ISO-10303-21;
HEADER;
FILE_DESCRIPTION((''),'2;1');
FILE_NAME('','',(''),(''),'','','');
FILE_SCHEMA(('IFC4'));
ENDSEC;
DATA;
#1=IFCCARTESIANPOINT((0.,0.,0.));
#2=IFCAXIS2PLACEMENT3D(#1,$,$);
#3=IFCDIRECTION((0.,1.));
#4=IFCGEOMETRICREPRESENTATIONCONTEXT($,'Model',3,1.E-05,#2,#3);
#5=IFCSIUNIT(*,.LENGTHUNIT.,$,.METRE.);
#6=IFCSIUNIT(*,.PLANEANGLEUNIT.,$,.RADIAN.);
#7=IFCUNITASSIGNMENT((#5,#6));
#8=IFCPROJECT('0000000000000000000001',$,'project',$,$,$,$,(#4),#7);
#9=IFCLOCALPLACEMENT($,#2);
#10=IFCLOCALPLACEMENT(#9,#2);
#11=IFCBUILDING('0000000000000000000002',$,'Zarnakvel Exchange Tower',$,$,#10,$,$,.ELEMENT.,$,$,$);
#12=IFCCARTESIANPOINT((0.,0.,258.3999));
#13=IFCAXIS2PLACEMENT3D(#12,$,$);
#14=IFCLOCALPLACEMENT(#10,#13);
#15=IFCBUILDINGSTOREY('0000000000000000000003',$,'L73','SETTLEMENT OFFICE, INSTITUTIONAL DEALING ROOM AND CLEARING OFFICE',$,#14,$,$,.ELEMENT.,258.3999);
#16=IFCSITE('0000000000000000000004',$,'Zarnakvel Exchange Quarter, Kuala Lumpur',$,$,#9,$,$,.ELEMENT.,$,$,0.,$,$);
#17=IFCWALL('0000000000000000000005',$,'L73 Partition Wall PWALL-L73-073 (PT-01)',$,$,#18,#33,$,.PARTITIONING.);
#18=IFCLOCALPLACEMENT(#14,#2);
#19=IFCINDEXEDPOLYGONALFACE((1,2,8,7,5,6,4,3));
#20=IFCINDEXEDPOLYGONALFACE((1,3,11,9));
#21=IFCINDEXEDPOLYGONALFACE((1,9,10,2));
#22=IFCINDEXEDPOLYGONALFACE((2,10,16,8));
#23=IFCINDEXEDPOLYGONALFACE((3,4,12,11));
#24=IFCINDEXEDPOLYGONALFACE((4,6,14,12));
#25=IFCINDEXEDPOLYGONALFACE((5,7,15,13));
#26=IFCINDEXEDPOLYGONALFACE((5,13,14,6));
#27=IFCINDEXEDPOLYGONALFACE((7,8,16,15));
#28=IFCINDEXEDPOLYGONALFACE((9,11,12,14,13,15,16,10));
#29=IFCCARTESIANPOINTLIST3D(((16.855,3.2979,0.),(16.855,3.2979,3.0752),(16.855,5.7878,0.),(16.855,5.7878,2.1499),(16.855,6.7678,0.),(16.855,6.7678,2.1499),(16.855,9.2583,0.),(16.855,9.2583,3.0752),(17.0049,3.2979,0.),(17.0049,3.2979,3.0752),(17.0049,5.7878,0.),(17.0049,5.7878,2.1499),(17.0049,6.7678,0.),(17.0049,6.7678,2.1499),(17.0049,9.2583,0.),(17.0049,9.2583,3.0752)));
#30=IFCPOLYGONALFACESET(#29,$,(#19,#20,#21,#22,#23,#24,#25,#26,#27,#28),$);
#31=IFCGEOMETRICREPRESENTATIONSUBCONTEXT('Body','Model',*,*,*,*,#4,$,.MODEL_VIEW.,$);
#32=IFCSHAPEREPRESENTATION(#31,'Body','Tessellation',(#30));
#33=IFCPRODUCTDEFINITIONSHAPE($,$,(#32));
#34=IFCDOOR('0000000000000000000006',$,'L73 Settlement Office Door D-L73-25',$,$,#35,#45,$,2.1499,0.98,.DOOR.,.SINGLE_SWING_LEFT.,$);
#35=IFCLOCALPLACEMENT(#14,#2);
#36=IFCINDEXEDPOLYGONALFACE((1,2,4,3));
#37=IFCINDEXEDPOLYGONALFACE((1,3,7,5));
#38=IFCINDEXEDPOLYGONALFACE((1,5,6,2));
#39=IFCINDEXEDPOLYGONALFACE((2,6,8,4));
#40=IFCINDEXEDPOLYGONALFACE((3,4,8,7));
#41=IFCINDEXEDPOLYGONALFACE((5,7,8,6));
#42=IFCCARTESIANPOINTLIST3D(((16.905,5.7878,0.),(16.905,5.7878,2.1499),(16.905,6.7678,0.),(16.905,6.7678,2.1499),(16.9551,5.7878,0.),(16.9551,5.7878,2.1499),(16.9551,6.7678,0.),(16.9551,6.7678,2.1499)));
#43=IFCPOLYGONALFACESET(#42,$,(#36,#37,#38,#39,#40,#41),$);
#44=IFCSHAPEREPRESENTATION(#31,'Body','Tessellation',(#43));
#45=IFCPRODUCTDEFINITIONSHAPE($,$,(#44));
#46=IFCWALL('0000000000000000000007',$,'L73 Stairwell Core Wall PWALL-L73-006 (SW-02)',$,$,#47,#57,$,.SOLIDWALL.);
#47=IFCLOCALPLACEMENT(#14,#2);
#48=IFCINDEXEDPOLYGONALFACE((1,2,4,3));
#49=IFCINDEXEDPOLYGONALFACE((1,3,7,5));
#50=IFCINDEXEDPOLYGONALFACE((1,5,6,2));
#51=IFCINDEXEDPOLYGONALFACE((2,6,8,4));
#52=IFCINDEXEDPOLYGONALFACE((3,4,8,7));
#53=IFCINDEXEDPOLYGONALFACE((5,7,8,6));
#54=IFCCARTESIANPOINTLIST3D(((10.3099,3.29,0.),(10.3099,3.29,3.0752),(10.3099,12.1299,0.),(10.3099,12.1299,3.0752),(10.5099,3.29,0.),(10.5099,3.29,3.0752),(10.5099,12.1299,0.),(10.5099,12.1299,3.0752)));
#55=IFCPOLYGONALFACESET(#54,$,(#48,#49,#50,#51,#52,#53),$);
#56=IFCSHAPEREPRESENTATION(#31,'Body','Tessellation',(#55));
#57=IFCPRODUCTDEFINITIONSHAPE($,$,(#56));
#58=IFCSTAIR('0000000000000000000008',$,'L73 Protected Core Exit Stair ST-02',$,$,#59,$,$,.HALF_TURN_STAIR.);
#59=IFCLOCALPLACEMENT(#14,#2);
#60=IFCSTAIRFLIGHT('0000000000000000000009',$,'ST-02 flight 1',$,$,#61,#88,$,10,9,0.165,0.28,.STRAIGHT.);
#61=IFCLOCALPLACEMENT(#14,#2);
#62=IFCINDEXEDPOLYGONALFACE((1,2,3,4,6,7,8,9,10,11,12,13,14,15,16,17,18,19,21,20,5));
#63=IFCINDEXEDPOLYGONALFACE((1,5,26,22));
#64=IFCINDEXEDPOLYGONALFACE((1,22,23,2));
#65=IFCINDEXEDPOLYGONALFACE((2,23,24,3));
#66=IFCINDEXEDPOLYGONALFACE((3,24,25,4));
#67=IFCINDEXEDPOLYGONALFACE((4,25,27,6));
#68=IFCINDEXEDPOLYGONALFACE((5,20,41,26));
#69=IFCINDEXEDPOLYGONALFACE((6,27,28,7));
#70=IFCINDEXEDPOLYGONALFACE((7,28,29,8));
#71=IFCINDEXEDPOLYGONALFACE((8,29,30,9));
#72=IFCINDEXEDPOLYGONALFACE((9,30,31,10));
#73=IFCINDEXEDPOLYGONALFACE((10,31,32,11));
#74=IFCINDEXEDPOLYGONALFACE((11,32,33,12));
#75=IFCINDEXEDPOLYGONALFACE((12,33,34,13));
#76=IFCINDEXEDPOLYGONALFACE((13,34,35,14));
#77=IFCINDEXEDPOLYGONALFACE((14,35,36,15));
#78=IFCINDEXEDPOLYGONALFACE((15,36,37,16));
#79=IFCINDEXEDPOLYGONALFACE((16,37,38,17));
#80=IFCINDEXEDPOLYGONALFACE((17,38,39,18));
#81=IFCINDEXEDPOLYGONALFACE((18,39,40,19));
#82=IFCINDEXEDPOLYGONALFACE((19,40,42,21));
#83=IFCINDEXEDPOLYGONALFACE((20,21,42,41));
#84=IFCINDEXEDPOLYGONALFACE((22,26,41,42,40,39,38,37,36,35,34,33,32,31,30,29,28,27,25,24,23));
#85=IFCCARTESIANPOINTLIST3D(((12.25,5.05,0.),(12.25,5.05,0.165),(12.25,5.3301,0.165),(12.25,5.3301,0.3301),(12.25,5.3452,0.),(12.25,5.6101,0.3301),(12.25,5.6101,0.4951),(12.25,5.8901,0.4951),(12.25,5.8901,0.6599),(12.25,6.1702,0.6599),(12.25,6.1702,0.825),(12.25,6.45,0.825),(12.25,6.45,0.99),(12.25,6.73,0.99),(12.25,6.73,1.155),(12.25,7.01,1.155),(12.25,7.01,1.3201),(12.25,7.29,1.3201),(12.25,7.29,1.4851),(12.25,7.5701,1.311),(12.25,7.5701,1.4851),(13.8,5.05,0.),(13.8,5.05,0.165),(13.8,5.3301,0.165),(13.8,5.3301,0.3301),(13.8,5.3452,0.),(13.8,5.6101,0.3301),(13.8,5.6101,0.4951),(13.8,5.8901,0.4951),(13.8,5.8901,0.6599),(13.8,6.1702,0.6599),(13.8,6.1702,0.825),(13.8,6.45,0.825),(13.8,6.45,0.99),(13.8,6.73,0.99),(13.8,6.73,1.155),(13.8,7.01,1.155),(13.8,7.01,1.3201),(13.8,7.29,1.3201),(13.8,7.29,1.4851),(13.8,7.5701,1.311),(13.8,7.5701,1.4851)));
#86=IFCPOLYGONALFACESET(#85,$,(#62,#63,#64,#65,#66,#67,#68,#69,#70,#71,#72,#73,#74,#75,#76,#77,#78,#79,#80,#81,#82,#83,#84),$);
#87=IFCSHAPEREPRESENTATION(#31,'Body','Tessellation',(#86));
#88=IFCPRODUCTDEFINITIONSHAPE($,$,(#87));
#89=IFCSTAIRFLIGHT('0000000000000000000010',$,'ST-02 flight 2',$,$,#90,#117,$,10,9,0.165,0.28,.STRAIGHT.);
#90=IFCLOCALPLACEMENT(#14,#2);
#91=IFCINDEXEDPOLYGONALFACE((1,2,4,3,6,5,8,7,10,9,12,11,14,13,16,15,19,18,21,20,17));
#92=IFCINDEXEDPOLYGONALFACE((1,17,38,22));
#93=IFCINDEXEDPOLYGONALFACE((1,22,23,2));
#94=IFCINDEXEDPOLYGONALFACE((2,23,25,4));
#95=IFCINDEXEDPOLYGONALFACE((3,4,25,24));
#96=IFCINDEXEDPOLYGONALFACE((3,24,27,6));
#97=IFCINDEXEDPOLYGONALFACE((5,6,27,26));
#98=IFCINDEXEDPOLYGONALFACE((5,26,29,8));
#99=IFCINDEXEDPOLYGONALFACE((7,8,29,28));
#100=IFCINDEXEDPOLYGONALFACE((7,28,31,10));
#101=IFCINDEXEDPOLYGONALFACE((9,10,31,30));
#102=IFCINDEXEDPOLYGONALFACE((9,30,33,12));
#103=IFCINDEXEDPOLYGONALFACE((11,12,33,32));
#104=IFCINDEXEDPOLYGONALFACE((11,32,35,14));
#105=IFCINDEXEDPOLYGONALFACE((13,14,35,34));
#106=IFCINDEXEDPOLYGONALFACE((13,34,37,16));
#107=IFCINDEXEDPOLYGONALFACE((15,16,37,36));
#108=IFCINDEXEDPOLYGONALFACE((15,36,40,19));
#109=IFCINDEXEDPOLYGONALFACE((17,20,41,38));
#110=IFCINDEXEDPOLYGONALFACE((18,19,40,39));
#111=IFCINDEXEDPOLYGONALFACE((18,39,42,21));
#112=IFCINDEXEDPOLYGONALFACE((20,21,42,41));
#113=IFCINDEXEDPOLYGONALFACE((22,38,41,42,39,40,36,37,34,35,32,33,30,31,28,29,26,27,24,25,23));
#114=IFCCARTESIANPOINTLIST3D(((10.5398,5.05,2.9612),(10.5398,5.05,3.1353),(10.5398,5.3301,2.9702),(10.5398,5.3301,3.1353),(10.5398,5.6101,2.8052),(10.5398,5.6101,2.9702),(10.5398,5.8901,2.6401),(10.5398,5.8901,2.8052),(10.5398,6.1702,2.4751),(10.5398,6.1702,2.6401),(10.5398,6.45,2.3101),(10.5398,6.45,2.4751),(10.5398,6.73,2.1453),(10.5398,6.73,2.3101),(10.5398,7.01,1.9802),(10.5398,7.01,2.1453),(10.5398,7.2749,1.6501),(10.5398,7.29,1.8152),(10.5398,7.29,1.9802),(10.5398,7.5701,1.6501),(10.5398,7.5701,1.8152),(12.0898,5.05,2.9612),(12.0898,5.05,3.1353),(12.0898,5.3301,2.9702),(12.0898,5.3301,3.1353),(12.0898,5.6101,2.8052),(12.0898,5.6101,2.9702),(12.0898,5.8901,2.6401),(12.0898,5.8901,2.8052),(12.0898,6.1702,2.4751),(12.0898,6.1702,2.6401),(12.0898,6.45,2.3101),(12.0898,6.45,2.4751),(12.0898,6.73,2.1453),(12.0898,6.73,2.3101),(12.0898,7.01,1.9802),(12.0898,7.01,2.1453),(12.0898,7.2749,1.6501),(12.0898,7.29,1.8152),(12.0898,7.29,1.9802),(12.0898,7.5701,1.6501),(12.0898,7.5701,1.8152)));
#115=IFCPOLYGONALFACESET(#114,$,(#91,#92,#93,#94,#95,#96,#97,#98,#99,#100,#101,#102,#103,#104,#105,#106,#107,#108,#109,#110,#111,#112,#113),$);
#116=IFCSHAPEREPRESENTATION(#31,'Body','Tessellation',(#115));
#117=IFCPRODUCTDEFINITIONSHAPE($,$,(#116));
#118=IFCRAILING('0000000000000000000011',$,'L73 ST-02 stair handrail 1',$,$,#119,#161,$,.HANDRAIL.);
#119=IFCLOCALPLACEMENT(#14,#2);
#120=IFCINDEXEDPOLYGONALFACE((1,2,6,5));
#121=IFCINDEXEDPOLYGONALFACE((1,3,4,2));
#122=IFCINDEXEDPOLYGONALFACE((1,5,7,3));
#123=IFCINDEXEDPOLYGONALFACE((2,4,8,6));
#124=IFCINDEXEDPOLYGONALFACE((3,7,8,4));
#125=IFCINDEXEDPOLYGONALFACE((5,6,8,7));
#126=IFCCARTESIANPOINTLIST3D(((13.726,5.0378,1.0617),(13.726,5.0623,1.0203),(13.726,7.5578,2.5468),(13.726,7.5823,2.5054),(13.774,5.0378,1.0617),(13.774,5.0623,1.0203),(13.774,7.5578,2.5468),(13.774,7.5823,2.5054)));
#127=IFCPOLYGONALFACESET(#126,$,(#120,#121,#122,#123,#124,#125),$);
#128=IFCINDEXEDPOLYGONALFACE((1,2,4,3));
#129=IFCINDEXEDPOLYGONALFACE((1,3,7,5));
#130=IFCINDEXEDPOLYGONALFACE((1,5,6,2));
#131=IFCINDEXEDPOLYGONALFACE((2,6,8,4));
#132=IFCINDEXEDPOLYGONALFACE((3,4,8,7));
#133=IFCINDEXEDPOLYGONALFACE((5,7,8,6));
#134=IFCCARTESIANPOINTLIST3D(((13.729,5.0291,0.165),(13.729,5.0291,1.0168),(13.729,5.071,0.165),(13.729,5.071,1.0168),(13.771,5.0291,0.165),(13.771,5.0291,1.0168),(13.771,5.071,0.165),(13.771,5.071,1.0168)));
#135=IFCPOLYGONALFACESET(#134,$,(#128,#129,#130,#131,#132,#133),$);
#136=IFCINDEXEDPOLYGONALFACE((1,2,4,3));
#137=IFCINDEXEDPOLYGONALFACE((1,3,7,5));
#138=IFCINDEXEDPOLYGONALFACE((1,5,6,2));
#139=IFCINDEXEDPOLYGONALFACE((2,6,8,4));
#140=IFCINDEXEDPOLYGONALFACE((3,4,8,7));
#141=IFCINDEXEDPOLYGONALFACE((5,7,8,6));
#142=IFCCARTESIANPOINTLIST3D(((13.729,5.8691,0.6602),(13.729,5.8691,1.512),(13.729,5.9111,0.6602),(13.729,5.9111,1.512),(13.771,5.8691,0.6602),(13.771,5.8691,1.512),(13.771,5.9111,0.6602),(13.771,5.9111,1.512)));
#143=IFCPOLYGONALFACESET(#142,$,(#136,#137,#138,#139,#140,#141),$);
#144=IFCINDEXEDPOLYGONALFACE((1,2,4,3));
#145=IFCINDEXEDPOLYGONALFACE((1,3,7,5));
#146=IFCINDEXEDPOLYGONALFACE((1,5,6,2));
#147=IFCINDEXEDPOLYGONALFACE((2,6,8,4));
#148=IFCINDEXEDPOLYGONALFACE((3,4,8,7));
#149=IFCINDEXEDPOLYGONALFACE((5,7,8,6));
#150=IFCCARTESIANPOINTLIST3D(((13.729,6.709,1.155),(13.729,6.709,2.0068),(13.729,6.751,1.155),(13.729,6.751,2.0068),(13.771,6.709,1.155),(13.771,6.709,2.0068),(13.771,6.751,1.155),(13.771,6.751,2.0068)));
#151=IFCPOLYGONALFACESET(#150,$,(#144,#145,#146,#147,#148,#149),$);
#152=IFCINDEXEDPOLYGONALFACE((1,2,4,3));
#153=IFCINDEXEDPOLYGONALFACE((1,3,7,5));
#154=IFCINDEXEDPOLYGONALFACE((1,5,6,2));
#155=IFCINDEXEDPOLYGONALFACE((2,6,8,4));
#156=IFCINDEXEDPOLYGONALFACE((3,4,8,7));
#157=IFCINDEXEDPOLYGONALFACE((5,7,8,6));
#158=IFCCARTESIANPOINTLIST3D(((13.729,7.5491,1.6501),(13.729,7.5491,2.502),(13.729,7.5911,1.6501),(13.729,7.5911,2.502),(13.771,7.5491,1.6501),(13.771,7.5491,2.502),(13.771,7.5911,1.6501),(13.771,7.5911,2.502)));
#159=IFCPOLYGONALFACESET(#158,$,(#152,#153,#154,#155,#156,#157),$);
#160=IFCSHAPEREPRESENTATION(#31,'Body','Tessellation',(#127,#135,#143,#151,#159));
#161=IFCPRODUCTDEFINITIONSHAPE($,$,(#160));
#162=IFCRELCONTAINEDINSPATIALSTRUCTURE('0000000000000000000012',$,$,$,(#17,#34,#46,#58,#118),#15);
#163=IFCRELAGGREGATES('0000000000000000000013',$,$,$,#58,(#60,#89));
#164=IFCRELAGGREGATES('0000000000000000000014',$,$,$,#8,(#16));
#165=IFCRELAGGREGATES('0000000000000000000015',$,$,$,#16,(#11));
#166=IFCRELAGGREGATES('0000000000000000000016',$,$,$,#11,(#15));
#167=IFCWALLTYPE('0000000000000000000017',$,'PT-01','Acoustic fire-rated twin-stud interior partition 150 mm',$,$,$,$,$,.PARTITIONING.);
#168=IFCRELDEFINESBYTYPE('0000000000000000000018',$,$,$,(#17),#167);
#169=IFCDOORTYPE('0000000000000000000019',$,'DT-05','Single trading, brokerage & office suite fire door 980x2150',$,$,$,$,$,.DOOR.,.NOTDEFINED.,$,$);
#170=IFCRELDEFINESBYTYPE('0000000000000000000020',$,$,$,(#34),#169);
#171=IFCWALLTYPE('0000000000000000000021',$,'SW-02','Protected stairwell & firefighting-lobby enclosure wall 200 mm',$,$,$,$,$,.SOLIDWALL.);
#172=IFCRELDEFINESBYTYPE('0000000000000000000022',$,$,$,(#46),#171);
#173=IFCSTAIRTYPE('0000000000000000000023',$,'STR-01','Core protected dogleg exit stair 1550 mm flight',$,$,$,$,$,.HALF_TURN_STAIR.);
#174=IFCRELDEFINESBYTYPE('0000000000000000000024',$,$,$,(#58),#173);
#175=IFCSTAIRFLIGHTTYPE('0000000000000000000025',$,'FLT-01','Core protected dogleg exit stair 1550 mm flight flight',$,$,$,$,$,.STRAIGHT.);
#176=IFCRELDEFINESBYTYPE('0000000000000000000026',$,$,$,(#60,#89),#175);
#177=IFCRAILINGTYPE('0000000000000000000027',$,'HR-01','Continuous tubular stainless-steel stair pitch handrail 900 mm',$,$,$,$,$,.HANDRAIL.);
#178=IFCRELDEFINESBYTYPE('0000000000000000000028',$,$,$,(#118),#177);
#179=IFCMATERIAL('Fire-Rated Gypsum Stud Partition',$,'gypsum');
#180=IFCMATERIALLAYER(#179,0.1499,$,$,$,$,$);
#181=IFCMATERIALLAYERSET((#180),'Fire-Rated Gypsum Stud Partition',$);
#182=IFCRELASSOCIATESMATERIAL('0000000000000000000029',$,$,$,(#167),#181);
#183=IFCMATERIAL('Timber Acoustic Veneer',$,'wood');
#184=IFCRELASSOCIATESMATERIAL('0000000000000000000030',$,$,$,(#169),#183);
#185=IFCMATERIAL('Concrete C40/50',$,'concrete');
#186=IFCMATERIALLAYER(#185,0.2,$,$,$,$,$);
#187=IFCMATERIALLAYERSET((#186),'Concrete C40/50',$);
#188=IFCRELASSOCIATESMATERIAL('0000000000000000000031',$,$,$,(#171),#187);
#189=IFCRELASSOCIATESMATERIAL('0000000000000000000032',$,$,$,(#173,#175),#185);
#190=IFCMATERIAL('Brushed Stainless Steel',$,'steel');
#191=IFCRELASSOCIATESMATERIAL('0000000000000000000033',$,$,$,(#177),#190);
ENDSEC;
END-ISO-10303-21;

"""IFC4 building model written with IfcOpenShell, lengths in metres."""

from ifc_helpers import new_model, si_unit, direction, frame, frame_2d, origin, origin_2d, place, context, subcontext, project, spatial, polyline, rectangle, outline, extrude, source, transform, mapped, material, layer, layer_set, type_object, element, fill, aggregate, save


model = new_model("IFC4")

# Units and contexts
model_context = context("Model", 3, precision=1e-05, world=origin(), true_north=direction((0.0, 1.0)))
body_context = subcontext(model_context, "Body", "Model", "MODEL_VIEW")
ifc_project = project(units=[si_unit("LENGTHUNIT", "METRE"), si_unit("PLANEANGLEUNIT", "RADIAN")], contexts=[model_context])

# Site, building, storey
site_placement = place(None, origin())
site = spatial("IfcSite", under=ifc_project, at=site_placement, Name="Zarnakvel Exchange Quarter, Kuala Lumpur", CompositionType="ELEMENT", RefElevation=0.0)
building_placement = place(site_placement, origin())
building = spatial("IfcBuilding", under=site, at=building_placement, Name="Zarnakvel Exchange Tower", CompositionType="ELEMENT")
storey_placement = place(building_placement, frame((0.0, 0.0, 258.3999)))
storey = spatial("IfcBuildingStorey", under=building, at=storey_placement, Name="L73", Description="SETTLEMENT OFFICE, INSTITUTIONAL DEALING ROOM AND CLEARING OFFICE", CompositionType="ELEMENT", Elevation=258.3999)

# Shared definitions
ifc_material_1 = material(Name="Fire-Rated Gypsum Stud Partition", Category="gypsum")
ifc_layer_1 = layer(ifc_material_1, 0.1499)
ifc_layer_set_1 = layer_set([ifc_layer_1], Name="Fire-Rated Gypsum Stud Partition")
wall_type_1 = type_object("IfcWallType", Name="PT-01", Description="Acoustic fire-rated twin-stud interior partition 150 mm", PredefinedType="PARTITIONING", material=ifc_layer_set_1)

# Wall, opening, door
wall_1_placement = place(storey_placement, frame((16.9299, 3.2979, 0.0), z_axis=(0.0, 0.0, 1.0), x_axis=(0.0, 1.0, 0.0)))
wall_1 = element("IfcWall", 1, at=wall_1_placement, inside=storey, type_object=wall_type_1, Name="L73 Partition Wall PWALL-L73-073 (PT-01)", PredefinedType="PARTITIONING", context=body_context, shape_type="SweptSolid", body=[
    extrude(rectangle(XDim=5.9604, YDim=0.1499, at=frame_2d((2.9802, 0.0))), origin(), (0.0, 0.0, 1.0), 3.0752),
])
opening_1_placement = place(wall_1_placement, frame((2.49, 0.0, 0.0)))
opening_1 = element("IfcOpeningElement", 2, at=opening_1_placement, cuts=wall_1, PredefinedType="OPENING", context=body_context, shape_type="SweptSolid", body=[
    extrude(rectangle(XDim=0.98, YDim=2.1499, at=frame_2d((0.49, 1.075))), frame((0.0, 0.085, 0.0), z_axis=(0.0, -1.0, 0.0), x_axis=(1.0, 0.0, 0.0)), (0.0, 0.0, 1.0), 0.1699),
])
ifc_material_2 = material(Name="Timber Acoustic Veneer", Category="wood")
door_type_1 = type_object("IfcDoorType", Name="DT-05", Description="Single trading, brokerage & office suite fire door 980x2150", OperationType="NOTDEFINED", PredefinedType="DOOR", material=ifc_material_2)
shared_shape_1 = source(origin(), body_context, "Body", "SweptSolid", [
    extrude(rectangle(XDim=0.98, YDim=2.1499, at=frame_2d((0.49, 1.075))), frame((0.0, 0.0249, 0.0), z_axis=(0.0, -1.0, 0.0), x_axis=(1.0, 0.0, 0.0)), (0.0, 0.0, 1.0), 0.05),
])
door_1_placement = place(opening_1_placement, origin())
door_1 = element("IfcDoor", 3, at=door_1_placement, inside=storey, type_object=door_type_1, Name="L73 Settlement Office Door D-L73-25", OperationType="SINGLE_SWING_LEFT", OverallHeight=2.1499, OverallWidth=0.98, PredefinedType="DOOR", context=body_context, shape_type="MappedRepresentation", body=[
    mapped(shared_shape_1, transform((0.0, 0.0, 0.0), x_axis=(1.0, 0.0, 0.0), y_axis=(0.0, 1.0, 0.0), z_axis=(0.0, 0.0, 1.0), scale=1.0)),
])
fill(opening_1, door_1)
ifc_material_3 = material(Name="Concrete C40/50", Category="concrete")
ifc_layer_2 = layer(ifc_material_3, 0.2)
ifc_layer_set_2 = layer_set([ifc_layer_2], Name="Concrete C40/50")
wall_type_2 = type_object("IfcWallType", Name="SW-02", Description="Protected stairwell & firefighting-lobby enclosure wall 200 mm", PredefinedType="SOLIDWALL", material=ifc_layer_set_2)

# Wall
wall_2_placement = place(storey_placement, frame((10.4099, 3.29, 0.0), z_axis=(0.0, 0.0, 1.0), x_axis=(0.0, 1.0, 0.0)))
element("IfcWall", 4, at=wall_2_placement, inside=storey, type_object=wall_type_2, Name="L73 Stairwell Core Wall PWALL-L73-006 (SW-02)", PredefinedType="SOLIDWALL", context=body_context, shape_type="SweptSolid", body=[
    extrude(rectangle(XDim=8.8398, YDim=0.2, at=frame_2d((4.4199, 0.0))), origin(), (0.0, 0.0, 1.0), 3.0752),
])

# Stair, stair flights
stair_type = type_object("IfcStairType", Name="STR-01", Description="Core protected dogleg exit stair 1550 mm flight", PredefinedType="HALF_TURN_STAIR", material=ifc_material_3)
stair_placement = place(storey_placement, origin())
stair = element("IfcStair", 5, at=stair_placement, inside=storey, type_object=stair_type, Name="L73 Protected Core Exit Stair ST-02", PredefinedType="HALF_TURN_STAIR")
stair_flight_type = type_object("IfcStairFlightType", Name="FLT-01", Description="Core protected dogleg exit stair 1550 mm flight flight", PredefinedType="STRAIGHT", material=ifc_material_3)
stair_flight_1_placement = place(storey_placement, frame((13.0249, 5.05, 0.0), z_axis=(0.0, 0.0, 1.0), x_axis=(0.0, 1.0, 0.0)))
stair_flight_1 = element("IfcStairFlight", 6, at=stair_flight_1_placement, type_object=stair_flight_type, Name="ST-02 flight 1", NumberOfRisers=10, NumberOfTreads=9, PredefinedType="STRAIGHT", RiserHeight=0.165, TreadLength=0.28, context=body_context, shape_type="SweptSolid", body=[
    extrude(outline(polyline([(0.0, 0.0), (0.0, 0.165), (0.28, 0.165), (0.28, 0.3301), (0.5601, 0.3301), (0.5601, 0.4951), (0.8401, 0.4951), (0.8401, 0.6599), (1.1201, 0.6599), (1.1201, 0.825), (1.3999, 0.825), (1.3999, 0.99), (1.6799, 0.99), (1.6799, 1.155), (1.96, 1.155), (1.96, 1.3201), (2.24, 1.3201), (2.24, 1.4851), (2.52, 1.4851), (2.52, 1.6499), (2.52, 1.311), (0.2952, 0.0), (0.0, 0.0)])), frame((0.0, 0.7749, 0.0), z_axis=(0.0, -1.0, 0.0), x_axis=(1.0, 0.0, 0.0)), (0.0, 0.0, 1.0), 1.55),
])
stair_flight_2_placement = place(storey_placement, frame((11.3149, 7.5701, 1.6501), z_axis=(0.0, 0.0, 1.0), x_axis=(0.0, -1.0, 0.0)))
stair_flight_2 = element("IfcStairFlight", 7, at=stair_flight_2_placement, type_object=stair_flight_type, Name="ST-02 flight 2", NumberOfRisers=10, NumberOfTreads=9, PredefinedType="STRAIGHT", RiserHeight=0.165, TreadLength=0.28, context=body_context, shape_type="SweptSolid", body=[
    extrude(outline(polyline([(0.0, 0.0), (0.0, 0.165), (0.28, 0.165), (0.28, 0.3301), (0.5601, 0.3301), (0.5601, 0.4951), (0.8401, 0.4951), (0.8401, 0.6599), (1.1201, 0.6599), (1.1201, 0.825), (1.3999, 0.825), (1.3999, 0.99), (1.6799, 0.99), (1.6799, 1.155), (1.96, 1.155), (1.96, 1.3201), (2.24, 1.3201), (2.24, 1.4851), (2.52, 1.4851), (2.52, 1.6499), (2.52, 1.311), (0.2952, 0.0), (0.0, 0.0)])), frame((0.0, 0.7749, 0.0), z_axis=(0.0, -1.0, 0.0), x_axis=(1.0, 0.0, 0.0)), (0.0, 0.0, 1.0), 1.55),
])
aggregate(stair, [stair_flight_1, stair_flight_2])

# Railing
ifc_material_4 = material(Name="Brushed Stainless Steel", Category="steel")
railing_type_1 = type_object("IfcRailingType", Name="HR-01", Description="Continuous tubular stainless-steel stair pitch handrail 900 mm", PredefinedType="HANDRAIL", material=ifc_material_4)
railing_1_placement = place(storey_placement, frame((13.75, 5.05, 0.165)))
element("IfcRailing", 8, at=railing_1_placement, inside=storey, type_object=railing_type_1, Name="L73 ST-02 stair handrail 1", PredefinedType="HANDRAIL", context=body_context, shape_type="SweptSolid", body=[
    extrude(rectangle(XDim=0.0481, YDim=0.0481, at=origin_2d()), frame((0.0, 0.0, 0.876), z_axis=(0.0, 0.861524, 0.507717), x_axis=(-1.0, 0.0, 0.0)), (0.0, 0.0, 1.0), 2.925),
    extrude(rectangle(XDim=0.042, YDim=0.042, at=origin_2d()), origin(), (0.0, 0.0, 1.0), 0.8518),
    extrude(rectangle(XDim=0.042, YDim=0.042, at=origin_2d()), frame((0.0, 0.8401, 0.4951)), (0.0, 0.0, 1.0), 0.8518),
    extrude(rectangle(XDim=0.042, YDim=0.042, at=origin_2d()), frame((0.0, 1.6799, 0.99)), (0.0, 0.0, 1.0), 0.8518),
    extrude(rectangle(XDim=0.042, YDim=0.042, at=origin_2d()), frame((0.0, 2.52, 1.4851)), (0.0, 0.0, 1.0), 0.8518),
])

save(model, "model.ifc")
